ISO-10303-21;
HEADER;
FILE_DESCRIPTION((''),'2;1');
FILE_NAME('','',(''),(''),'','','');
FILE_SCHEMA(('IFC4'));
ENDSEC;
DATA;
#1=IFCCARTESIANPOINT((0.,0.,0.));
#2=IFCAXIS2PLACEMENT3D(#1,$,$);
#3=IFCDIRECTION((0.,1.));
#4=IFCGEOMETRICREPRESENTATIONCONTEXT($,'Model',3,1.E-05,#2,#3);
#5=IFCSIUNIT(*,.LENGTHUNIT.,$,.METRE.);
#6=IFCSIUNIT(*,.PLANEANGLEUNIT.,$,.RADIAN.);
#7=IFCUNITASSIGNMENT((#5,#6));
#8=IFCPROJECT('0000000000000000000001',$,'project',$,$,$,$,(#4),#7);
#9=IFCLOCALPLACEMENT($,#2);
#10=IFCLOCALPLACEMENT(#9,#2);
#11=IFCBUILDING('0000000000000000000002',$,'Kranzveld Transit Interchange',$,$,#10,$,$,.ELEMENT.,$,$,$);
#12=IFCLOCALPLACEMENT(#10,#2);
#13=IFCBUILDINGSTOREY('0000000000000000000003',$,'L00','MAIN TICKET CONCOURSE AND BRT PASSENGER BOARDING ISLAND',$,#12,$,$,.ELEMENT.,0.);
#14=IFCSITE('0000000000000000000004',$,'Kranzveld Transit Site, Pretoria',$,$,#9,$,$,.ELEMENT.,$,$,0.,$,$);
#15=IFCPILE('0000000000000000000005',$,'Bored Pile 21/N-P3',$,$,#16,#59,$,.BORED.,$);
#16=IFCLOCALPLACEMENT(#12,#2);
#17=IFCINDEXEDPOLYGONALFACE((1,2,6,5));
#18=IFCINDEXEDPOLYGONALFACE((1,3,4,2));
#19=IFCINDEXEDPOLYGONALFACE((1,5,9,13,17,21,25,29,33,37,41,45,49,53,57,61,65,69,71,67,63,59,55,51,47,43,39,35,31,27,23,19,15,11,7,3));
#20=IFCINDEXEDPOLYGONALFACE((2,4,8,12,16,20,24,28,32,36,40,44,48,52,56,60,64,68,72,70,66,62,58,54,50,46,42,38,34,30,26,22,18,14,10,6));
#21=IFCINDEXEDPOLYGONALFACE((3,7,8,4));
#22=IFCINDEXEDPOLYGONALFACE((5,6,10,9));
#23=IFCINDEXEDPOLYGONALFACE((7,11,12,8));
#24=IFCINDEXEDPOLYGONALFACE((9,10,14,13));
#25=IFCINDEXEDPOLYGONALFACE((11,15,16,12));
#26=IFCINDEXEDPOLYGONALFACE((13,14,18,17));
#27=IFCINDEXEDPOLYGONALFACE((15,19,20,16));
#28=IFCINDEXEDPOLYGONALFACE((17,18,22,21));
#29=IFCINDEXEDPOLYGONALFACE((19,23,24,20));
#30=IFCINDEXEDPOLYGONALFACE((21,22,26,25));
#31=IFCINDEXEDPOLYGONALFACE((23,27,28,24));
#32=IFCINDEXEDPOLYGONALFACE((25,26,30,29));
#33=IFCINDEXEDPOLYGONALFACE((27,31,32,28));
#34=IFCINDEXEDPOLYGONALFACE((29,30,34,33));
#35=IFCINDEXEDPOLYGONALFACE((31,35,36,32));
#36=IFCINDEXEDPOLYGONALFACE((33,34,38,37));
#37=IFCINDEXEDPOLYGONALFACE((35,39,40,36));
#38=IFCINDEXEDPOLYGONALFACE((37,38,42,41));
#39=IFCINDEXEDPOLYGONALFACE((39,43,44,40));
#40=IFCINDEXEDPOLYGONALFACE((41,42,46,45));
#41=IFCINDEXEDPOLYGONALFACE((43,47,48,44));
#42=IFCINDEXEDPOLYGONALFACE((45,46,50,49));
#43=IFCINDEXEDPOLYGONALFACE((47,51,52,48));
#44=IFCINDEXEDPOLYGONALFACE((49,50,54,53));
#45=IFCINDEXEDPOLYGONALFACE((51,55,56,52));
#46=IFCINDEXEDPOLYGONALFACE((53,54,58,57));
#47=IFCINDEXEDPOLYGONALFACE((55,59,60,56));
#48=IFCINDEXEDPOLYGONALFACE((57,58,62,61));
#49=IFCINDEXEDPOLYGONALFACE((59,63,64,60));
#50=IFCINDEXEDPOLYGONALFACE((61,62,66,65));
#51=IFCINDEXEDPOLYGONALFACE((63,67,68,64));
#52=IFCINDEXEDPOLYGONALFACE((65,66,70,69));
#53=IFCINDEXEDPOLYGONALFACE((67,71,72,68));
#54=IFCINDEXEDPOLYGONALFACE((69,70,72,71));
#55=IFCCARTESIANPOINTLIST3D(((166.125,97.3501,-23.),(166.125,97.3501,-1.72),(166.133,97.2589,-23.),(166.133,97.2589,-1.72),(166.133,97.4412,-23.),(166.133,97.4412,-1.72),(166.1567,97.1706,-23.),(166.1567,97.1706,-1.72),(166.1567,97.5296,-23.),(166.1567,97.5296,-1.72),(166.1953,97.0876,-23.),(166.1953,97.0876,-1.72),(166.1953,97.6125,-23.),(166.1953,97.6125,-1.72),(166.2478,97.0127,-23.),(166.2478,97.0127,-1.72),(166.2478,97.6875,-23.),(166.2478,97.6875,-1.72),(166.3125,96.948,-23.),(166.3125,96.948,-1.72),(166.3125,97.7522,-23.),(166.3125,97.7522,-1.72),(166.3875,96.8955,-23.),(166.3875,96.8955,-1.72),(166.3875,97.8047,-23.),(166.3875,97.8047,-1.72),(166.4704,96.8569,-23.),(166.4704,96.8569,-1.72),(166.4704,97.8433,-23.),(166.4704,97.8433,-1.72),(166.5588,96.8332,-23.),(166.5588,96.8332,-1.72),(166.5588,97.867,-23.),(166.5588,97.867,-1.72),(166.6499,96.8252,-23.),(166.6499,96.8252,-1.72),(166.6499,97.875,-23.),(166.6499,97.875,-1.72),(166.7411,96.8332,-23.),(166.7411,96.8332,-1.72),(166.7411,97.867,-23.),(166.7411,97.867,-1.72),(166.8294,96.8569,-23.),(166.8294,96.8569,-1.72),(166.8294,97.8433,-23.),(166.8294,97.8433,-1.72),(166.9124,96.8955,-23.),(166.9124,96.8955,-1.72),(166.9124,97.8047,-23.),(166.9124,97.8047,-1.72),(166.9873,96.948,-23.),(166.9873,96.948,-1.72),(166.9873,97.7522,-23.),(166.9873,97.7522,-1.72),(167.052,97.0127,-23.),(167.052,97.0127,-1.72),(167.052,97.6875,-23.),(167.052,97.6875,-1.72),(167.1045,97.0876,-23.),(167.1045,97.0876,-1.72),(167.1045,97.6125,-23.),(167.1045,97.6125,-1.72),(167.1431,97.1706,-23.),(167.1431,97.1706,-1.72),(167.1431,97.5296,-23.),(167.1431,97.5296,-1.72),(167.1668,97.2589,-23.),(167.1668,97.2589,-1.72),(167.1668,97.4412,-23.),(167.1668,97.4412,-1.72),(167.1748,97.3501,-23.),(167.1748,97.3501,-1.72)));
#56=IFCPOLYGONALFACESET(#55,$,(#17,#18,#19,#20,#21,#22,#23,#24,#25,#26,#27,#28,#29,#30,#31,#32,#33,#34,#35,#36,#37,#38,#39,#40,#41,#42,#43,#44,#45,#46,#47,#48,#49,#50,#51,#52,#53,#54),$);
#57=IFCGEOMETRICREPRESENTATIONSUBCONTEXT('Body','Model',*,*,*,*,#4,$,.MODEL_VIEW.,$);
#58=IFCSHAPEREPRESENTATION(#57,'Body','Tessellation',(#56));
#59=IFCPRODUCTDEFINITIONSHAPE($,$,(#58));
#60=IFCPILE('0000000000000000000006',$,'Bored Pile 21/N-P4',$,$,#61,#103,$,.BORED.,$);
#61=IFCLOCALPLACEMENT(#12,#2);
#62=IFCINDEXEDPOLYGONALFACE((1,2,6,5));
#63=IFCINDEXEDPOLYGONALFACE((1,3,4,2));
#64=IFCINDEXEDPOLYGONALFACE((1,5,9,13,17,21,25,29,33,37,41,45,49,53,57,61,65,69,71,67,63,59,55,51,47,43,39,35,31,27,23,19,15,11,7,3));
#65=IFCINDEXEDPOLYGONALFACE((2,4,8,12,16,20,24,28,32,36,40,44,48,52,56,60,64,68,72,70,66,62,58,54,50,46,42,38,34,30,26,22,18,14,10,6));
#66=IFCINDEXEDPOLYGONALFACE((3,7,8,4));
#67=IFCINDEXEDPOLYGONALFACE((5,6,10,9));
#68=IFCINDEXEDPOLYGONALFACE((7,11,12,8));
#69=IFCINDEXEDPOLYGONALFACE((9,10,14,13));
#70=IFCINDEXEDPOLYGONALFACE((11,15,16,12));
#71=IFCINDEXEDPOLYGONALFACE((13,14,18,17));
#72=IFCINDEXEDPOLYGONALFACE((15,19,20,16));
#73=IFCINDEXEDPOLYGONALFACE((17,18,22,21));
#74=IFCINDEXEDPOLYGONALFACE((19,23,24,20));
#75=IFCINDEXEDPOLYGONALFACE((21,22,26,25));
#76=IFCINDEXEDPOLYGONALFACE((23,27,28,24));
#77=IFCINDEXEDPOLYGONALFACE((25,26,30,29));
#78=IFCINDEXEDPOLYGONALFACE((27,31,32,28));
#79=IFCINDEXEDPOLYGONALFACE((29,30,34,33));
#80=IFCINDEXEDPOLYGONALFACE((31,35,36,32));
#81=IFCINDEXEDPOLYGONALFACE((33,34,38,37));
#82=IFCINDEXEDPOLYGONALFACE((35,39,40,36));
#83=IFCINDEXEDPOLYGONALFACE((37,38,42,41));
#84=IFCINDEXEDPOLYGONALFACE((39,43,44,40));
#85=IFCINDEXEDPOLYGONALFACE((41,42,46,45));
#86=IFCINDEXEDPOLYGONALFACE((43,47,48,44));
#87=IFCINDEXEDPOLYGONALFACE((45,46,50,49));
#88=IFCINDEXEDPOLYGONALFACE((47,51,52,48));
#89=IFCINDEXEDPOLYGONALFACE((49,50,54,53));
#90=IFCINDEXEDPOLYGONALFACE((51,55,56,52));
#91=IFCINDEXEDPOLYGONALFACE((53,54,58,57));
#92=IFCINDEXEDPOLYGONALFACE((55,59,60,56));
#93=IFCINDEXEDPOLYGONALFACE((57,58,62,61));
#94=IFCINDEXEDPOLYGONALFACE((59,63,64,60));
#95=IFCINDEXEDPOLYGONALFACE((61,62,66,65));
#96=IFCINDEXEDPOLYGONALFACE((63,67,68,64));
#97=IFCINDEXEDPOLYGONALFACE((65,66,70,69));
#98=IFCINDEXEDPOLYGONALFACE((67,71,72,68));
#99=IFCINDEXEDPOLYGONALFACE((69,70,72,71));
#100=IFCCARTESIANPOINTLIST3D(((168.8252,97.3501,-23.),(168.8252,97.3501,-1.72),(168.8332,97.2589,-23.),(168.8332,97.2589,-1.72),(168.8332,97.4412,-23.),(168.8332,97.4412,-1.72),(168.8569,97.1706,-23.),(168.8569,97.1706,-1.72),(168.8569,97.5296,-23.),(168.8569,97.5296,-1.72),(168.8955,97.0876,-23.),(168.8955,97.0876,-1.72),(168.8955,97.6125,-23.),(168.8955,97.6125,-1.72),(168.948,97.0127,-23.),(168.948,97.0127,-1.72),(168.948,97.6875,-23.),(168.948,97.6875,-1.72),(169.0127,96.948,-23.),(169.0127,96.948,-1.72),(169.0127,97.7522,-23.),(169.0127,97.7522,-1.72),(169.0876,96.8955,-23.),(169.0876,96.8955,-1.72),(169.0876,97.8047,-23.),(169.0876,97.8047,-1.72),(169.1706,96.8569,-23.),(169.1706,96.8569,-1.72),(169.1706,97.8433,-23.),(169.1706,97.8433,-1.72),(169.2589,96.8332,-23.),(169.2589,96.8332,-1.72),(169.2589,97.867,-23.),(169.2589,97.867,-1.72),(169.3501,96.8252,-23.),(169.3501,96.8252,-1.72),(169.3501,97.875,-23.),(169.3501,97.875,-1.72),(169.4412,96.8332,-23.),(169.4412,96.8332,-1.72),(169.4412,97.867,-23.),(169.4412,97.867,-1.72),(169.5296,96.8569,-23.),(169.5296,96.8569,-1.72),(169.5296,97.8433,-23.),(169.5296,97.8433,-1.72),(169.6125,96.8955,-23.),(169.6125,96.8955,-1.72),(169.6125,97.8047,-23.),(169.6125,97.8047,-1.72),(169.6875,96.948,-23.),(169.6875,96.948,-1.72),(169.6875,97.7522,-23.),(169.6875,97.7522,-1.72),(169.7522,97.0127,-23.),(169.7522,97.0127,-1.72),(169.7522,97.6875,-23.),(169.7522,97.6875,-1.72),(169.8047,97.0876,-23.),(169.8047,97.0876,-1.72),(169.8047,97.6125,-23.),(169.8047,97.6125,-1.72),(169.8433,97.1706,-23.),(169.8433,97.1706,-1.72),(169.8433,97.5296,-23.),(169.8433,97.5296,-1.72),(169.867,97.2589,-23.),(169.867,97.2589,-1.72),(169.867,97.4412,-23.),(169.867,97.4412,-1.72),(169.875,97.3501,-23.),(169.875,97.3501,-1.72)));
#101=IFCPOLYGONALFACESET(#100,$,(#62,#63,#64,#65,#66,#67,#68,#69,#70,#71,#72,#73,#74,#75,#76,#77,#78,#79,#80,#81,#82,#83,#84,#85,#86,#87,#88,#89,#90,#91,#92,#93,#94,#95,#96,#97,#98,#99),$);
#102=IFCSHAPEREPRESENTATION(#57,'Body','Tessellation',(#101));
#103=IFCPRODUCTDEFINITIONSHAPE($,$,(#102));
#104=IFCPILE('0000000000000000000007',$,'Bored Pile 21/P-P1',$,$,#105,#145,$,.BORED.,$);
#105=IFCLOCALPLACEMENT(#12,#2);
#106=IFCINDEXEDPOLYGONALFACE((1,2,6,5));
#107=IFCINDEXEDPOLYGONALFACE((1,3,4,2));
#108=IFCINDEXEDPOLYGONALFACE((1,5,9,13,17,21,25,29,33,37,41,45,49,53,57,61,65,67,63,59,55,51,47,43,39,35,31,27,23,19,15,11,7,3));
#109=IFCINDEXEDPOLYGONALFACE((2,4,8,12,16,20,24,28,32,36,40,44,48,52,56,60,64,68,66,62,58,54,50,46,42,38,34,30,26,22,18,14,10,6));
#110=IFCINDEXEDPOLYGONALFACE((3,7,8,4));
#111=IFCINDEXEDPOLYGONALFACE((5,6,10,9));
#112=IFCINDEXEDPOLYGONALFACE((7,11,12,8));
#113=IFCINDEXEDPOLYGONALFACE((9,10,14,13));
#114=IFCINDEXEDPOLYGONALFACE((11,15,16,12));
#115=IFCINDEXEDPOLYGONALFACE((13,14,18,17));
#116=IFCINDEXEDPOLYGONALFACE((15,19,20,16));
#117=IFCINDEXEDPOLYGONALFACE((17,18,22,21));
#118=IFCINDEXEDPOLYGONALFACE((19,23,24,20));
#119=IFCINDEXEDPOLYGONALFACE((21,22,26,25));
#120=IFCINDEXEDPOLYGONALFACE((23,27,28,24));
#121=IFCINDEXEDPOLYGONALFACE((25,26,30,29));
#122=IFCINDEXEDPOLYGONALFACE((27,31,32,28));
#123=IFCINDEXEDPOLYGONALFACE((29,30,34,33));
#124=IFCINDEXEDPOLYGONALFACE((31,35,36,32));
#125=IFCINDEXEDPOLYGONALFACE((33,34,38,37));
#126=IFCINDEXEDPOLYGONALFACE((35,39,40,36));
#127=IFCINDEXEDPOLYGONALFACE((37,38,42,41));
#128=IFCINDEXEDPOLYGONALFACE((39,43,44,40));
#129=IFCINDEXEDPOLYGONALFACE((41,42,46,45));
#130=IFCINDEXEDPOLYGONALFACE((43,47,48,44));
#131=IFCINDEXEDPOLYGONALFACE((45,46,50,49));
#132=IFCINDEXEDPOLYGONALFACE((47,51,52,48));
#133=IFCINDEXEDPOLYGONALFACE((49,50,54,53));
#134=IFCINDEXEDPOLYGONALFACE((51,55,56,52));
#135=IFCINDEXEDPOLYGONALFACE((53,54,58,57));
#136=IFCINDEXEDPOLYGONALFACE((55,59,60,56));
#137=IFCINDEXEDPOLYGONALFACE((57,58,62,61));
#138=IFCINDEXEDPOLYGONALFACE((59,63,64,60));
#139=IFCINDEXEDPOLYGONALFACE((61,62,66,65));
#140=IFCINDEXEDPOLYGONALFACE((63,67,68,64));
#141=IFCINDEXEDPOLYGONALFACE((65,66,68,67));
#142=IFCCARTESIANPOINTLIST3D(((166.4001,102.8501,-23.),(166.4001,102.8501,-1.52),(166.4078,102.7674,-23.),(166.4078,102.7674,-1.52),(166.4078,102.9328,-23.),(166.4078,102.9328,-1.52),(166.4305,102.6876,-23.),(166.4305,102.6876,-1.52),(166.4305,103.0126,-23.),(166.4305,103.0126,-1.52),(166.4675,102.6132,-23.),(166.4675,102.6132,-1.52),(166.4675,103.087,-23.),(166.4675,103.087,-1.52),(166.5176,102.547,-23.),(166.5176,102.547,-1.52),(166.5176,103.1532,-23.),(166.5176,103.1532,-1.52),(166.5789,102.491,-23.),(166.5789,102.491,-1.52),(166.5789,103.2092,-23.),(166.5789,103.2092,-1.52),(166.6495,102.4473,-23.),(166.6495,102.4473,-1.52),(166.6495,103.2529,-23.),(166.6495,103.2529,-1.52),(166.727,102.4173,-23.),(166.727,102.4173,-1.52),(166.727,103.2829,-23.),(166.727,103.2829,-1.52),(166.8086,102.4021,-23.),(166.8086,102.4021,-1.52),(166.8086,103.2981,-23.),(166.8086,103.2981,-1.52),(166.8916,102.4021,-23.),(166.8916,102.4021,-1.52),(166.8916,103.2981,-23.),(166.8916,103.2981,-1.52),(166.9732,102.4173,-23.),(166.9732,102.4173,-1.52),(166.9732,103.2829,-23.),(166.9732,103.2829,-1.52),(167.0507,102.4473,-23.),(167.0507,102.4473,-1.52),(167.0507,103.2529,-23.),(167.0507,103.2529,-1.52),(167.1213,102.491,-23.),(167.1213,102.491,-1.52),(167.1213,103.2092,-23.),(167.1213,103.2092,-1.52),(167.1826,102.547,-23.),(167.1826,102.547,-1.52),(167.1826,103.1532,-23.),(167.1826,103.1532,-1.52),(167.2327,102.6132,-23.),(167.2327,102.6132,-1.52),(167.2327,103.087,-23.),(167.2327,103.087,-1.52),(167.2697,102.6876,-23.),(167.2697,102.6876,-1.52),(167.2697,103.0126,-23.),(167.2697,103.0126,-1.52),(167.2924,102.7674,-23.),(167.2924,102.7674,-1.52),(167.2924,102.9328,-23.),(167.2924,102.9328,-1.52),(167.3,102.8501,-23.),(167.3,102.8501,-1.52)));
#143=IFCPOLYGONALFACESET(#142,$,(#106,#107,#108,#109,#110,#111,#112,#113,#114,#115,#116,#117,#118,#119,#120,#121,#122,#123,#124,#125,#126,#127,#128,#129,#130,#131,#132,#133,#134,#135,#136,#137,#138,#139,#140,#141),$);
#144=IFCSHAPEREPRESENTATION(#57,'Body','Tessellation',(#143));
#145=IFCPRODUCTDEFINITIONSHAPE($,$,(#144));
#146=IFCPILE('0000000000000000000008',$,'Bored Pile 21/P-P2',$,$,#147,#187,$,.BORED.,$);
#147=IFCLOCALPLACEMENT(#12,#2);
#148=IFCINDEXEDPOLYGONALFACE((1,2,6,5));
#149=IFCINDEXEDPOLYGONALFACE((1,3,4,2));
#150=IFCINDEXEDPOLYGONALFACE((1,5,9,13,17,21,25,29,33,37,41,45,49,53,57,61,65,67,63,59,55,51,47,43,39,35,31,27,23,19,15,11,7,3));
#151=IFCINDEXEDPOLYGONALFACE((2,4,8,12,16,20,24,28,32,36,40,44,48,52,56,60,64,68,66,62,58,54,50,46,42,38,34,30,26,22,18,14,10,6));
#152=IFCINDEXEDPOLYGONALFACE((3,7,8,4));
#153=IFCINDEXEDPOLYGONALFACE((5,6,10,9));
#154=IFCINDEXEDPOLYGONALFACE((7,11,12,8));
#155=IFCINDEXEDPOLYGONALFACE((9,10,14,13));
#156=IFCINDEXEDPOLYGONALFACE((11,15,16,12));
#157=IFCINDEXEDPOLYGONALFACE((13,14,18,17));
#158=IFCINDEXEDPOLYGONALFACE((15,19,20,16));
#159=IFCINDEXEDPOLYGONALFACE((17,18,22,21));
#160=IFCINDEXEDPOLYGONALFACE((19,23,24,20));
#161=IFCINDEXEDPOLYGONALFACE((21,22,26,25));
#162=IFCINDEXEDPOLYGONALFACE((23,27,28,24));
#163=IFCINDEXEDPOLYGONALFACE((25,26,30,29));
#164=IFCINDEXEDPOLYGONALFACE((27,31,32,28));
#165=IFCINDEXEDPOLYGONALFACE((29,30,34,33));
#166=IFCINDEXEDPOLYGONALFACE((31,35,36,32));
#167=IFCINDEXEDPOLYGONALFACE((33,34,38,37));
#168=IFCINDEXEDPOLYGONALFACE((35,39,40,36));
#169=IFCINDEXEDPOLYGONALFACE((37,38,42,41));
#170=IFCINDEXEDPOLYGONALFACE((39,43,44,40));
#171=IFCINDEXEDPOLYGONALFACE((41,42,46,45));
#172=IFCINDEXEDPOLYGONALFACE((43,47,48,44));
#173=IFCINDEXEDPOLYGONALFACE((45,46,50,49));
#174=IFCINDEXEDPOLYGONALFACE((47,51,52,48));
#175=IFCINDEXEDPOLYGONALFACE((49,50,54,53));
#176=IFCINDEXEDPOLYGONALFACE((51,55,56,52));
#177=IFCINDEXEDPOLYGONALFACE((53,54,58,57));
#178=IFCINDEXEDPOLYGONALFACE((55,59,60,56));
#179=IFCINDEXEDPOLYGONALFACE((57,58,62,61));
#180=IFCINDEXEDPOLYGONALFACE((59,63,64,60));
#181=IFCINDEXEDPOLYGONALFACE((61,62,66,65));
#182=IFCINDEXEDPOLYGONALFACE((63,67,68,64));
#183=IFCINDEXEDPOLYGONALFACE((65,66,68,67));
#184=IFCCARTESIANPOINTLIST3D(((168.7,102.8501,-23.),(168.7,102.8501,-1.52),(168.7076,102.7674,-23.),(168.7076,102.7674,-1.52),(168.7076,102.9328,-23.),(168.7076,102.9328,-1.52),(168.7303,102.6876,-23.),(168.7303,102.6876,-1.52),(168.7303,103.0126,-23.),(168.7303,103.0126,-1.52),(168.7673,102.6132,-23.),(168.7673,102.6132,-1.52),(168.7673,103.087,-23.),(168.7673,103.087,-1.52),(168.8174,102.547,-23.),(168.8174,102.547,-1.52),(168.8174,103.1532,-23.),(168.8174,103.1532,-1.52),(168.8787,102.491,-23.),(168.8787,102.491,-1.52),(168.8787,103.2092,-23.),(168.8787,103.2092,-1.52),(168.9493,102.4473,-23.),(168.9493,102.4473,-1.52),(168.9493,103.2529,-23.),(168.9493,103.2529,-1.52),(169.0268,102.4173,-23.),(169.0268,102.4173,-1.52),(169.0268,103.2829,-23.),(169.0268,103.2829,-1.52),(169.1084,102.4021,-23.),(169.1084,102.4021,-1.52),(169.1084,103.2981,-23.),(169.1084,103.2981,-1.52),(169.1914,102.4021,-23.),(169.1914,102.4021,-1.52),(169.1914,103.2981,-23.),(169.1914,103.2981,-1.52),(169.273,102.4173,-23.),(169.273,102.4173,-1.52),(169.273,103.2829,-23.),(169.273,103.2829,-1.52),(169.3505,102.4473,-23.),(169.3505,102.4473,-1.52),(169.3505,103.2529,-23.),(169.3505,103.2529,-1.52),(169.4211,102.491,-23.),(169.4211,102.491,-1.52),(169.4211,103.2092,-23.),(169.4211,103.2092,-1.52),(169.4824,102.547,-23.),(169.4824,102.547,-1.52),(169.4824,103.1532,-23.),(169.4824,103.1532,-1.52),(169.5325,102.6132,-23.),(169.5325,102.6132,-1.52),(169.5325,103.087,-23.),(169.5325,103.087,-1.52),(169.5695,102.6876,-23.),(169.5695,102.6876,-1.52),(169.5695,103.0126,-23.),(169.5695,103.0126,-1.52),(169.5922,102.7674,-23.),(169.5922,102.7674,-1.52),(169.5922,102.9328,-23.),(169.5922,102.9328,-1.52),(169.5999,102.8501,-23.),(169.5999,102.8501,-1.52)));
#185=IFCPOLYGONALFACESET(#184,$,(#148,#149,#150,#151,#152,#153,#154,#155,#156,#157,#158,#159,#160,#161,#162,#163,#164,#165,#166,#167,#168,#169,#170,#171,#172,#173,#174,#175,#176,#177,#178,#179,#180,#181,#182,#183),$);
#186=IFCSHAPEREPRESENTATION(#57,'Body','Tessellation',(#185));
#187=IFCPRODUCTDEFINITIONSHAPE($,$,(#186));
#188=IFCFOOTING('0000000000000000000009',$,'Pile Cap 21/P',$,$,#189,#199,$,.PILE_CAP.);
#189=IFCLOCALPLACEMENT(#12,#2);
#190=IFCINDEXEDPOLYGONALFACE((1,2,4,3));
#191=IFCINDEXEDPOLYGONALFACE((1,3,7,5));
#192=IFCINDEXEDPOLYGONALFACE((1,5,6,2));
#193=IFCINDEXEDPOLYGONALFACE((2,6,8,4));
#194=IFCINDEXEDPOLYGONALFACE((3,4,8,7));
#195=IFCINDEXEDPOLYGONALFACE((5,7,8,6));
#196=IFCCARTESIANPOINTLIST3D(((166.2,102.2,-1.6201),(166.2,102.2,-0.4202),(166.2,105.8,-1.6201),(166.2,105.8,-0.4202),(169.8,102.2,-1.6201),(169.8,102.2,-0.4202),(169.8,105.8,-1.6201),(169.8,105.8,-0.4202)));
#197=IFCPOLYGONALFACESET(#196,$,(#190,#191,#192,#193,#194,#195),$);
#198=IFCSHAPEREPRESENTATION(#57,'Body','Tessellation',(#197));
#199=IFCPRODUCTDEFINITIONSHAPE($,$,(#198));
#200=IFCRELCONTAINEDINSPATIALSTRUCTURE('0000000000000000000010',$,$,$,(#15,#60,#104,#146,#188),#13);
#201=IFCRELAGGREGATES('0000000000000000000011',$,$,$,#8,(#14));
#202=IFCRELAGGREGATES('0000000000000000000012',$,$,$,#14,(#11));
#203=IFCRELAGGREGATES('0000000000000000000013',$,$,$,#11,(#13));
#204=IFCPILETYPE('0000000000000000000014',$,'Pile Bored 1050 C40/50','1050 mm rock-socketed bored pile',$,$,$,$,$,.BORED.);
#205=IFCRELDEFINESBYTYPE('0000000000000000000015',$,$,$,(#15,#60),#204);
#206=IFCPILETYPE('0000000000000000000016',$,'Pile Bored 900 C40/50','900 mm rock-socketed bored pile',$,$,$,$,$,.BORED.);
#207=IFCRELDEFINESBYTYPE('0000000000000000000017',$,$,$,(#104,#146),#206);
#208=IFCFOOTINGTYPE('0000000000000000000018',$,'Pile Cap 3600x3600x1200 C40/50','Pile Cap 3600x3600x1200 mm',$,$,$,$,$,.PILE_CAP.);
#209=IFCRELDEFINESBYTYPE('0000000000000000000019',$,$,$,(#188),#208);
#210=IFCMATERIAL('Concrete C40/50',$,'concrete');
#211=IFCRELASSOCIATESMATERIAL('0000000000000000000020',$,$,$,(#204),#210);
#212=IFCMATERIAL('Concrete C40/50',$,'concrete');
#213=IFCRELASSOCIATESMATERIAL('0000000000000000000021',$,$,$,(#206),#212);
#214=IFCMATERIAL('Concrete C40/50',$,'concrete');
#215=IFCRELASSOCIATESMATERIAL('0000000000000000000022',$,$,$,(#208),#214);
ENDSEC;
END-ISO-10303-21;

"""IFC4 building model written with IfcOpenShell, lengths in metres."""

from ifc_helpers import new_model, si_unit, direction, frame, origin, origin_2d, place, context, subcontext, project, spatial, rectangle, circle, extrude, material, material_profile, profile_set, type_object, element, save


model = new_model("IFC4")

# Units and contexts
model_context = context("Model", 3, precision=1e-05, world=origin(), true_north=direction((0.0, 1.0)))
body_context = subcontext(model_context, "Body", "Model", "MODEL_VIEW")
ifc_project = project(units=[si_unit("LENGTHUNIT", "METRE"), si_unit("PLANEANGLEUNIT", "RADIAN")], contexts=[model_context])

# Site, building, storey
site_placement = place(None, origin())
site = spatial("IfcSite", under=ifc_project, at=site_placement, Name="Kranzveld Transit Site, Pretoria", CompositionType="ELEMENT", RefElevation=0.0)
building_placement = place(site_placement, origin())
building = spatial("IfcBuilding", under=site, at=building_placement, Name="Kranzveld Transit Interchange", CompositionType="ELEMENT")
storey_placement = place(building_placement, origin())
storey = spatial("IfcBuildingStorey", under=building, at=storey_placement, Name="L00", Description="MAIN TICKET CONCOURSE AND BRT PASSENGER BOARDING ISLAND", CompositionType="ELEMENT", Elevation=0.0)

# Piles
ifc_material_1 = material(Name="Concrete C40/50", Category="concrete")
ifc_material_profile_1 = material_profile(ifc_material_1, circle(Radius=0.5249, at=origin_2d()), Name="BORED PILE 1050")
ifc_profile_set_1 = profile_set([ifc_material_profile_1], Name="Concrete C40/50")
pile_type_1 = type_object("IfcPileType", Name="Pile Bored 1050 C40/50", Description="1050 mm rock-socketed bored pile", PredefinedType="BORED", material=ifc_profile_set_1)
for number, where, z_axis, x_axis, name in (
    (1, (166.6499, 97.3501, -1.72), (0.0, 0.0, -1.0), (1.0, 0.0, 0.0), "Bored Pile 21/N-P3"),
    (2, (169.3501, 97.3501, -1.72), (0.0, 0.0, -1.0), (1.0, 0.0, 0.0), "Bored Pile 21/N-P4"),
):
    element("IfcPile", number, at=place(storey_placement, frame(where, z_axis=z_axis, x_axis=x_axis)), inside=storey, type_object=pile_type_1, Name=name, PredefinedType="BORED", context=body_context, shape_type="SweptSolid", body=[
        extrude(circle(Radius=0.5249, at=origin_2d()), origin(), (0.0, 0.0, 1.0), 21.28),
    ])
ifc_material_2 = material(Name="Concrete C40/50", Category="concrete")
ifc_material_profile_2 = material_profile(ifc_material_2, circle(Radius=0.45, at=origin_2d()), Name="BORED PILE 900")
ifc_profile_set_2 = profile_set([ifc_material_profile_2], Name="Concrete C40/50")
pile_type_2 = type_object("IfcPileType", Name="Pile Bored 900 C40/50", Description="900 mm rock-socketed bored pile", PredefinedType="BORED", material=ifc_profile_set_2)
for number, where, z_axis, x_axis, name in (
    (3, (166.8501, 102.8501, -1.52), (0.0, 0.0, -1.0), (1.0, 0.0, 0.0), "Bored Pile 21/P-P1"),
    (4, (169.1499, 102.8501, -1.52), (0.0, 0.0, -1.0), (1.0, 0.0, 0.0), "Bored Pile 21/P-P2"),
):
    element("IfcPile", number, at=place(storey_placement, frame(where, z_axis=z_axis, x_axis=x_axis)), inside=storey, type_object=pile_type_2, Name=name, PredefinedType="BORED", context=body_context, shape_type="SweptSolid", body=[
        extrude(circle(Radius=0.45, at=origin_2d()), origin(), (0.0, 0.0, 1.0), 21.48),
    ])

# Footing
ifc_material_3 = material(Name="Concrete C40/50", Category="concrete")
footing_type_1 = type_object("IfcFootingType", Name="Pile Cap 3600x3600x1200 C40/50", Description="Pile Cap 3600x3600x1200 mm", PredefinedType="PILE_CAP", material=ifc_material_3)
footing_placement = place(storey_placement, frame((168.0, 104.0, -1.6201), z_axis=(0.0, 0.0, 1.0), x_axis=(1.0, 0.0, 0.0)))
element("IfcFooting", 5, at=footing_placement, inside=storey, type_object=footing_type_1, Name="Pile Cap 21/P", PredefinedType="PILE_CAP", context=body_context, shape_type="SweptSolid", body=[
    extrude(rectangle(XDim=3.6001, YDim=3.6001, at=origin_2d()), origin(), (0.0, 0.0, 1.0), 1.2),
])

save(model, "model.ifc")
